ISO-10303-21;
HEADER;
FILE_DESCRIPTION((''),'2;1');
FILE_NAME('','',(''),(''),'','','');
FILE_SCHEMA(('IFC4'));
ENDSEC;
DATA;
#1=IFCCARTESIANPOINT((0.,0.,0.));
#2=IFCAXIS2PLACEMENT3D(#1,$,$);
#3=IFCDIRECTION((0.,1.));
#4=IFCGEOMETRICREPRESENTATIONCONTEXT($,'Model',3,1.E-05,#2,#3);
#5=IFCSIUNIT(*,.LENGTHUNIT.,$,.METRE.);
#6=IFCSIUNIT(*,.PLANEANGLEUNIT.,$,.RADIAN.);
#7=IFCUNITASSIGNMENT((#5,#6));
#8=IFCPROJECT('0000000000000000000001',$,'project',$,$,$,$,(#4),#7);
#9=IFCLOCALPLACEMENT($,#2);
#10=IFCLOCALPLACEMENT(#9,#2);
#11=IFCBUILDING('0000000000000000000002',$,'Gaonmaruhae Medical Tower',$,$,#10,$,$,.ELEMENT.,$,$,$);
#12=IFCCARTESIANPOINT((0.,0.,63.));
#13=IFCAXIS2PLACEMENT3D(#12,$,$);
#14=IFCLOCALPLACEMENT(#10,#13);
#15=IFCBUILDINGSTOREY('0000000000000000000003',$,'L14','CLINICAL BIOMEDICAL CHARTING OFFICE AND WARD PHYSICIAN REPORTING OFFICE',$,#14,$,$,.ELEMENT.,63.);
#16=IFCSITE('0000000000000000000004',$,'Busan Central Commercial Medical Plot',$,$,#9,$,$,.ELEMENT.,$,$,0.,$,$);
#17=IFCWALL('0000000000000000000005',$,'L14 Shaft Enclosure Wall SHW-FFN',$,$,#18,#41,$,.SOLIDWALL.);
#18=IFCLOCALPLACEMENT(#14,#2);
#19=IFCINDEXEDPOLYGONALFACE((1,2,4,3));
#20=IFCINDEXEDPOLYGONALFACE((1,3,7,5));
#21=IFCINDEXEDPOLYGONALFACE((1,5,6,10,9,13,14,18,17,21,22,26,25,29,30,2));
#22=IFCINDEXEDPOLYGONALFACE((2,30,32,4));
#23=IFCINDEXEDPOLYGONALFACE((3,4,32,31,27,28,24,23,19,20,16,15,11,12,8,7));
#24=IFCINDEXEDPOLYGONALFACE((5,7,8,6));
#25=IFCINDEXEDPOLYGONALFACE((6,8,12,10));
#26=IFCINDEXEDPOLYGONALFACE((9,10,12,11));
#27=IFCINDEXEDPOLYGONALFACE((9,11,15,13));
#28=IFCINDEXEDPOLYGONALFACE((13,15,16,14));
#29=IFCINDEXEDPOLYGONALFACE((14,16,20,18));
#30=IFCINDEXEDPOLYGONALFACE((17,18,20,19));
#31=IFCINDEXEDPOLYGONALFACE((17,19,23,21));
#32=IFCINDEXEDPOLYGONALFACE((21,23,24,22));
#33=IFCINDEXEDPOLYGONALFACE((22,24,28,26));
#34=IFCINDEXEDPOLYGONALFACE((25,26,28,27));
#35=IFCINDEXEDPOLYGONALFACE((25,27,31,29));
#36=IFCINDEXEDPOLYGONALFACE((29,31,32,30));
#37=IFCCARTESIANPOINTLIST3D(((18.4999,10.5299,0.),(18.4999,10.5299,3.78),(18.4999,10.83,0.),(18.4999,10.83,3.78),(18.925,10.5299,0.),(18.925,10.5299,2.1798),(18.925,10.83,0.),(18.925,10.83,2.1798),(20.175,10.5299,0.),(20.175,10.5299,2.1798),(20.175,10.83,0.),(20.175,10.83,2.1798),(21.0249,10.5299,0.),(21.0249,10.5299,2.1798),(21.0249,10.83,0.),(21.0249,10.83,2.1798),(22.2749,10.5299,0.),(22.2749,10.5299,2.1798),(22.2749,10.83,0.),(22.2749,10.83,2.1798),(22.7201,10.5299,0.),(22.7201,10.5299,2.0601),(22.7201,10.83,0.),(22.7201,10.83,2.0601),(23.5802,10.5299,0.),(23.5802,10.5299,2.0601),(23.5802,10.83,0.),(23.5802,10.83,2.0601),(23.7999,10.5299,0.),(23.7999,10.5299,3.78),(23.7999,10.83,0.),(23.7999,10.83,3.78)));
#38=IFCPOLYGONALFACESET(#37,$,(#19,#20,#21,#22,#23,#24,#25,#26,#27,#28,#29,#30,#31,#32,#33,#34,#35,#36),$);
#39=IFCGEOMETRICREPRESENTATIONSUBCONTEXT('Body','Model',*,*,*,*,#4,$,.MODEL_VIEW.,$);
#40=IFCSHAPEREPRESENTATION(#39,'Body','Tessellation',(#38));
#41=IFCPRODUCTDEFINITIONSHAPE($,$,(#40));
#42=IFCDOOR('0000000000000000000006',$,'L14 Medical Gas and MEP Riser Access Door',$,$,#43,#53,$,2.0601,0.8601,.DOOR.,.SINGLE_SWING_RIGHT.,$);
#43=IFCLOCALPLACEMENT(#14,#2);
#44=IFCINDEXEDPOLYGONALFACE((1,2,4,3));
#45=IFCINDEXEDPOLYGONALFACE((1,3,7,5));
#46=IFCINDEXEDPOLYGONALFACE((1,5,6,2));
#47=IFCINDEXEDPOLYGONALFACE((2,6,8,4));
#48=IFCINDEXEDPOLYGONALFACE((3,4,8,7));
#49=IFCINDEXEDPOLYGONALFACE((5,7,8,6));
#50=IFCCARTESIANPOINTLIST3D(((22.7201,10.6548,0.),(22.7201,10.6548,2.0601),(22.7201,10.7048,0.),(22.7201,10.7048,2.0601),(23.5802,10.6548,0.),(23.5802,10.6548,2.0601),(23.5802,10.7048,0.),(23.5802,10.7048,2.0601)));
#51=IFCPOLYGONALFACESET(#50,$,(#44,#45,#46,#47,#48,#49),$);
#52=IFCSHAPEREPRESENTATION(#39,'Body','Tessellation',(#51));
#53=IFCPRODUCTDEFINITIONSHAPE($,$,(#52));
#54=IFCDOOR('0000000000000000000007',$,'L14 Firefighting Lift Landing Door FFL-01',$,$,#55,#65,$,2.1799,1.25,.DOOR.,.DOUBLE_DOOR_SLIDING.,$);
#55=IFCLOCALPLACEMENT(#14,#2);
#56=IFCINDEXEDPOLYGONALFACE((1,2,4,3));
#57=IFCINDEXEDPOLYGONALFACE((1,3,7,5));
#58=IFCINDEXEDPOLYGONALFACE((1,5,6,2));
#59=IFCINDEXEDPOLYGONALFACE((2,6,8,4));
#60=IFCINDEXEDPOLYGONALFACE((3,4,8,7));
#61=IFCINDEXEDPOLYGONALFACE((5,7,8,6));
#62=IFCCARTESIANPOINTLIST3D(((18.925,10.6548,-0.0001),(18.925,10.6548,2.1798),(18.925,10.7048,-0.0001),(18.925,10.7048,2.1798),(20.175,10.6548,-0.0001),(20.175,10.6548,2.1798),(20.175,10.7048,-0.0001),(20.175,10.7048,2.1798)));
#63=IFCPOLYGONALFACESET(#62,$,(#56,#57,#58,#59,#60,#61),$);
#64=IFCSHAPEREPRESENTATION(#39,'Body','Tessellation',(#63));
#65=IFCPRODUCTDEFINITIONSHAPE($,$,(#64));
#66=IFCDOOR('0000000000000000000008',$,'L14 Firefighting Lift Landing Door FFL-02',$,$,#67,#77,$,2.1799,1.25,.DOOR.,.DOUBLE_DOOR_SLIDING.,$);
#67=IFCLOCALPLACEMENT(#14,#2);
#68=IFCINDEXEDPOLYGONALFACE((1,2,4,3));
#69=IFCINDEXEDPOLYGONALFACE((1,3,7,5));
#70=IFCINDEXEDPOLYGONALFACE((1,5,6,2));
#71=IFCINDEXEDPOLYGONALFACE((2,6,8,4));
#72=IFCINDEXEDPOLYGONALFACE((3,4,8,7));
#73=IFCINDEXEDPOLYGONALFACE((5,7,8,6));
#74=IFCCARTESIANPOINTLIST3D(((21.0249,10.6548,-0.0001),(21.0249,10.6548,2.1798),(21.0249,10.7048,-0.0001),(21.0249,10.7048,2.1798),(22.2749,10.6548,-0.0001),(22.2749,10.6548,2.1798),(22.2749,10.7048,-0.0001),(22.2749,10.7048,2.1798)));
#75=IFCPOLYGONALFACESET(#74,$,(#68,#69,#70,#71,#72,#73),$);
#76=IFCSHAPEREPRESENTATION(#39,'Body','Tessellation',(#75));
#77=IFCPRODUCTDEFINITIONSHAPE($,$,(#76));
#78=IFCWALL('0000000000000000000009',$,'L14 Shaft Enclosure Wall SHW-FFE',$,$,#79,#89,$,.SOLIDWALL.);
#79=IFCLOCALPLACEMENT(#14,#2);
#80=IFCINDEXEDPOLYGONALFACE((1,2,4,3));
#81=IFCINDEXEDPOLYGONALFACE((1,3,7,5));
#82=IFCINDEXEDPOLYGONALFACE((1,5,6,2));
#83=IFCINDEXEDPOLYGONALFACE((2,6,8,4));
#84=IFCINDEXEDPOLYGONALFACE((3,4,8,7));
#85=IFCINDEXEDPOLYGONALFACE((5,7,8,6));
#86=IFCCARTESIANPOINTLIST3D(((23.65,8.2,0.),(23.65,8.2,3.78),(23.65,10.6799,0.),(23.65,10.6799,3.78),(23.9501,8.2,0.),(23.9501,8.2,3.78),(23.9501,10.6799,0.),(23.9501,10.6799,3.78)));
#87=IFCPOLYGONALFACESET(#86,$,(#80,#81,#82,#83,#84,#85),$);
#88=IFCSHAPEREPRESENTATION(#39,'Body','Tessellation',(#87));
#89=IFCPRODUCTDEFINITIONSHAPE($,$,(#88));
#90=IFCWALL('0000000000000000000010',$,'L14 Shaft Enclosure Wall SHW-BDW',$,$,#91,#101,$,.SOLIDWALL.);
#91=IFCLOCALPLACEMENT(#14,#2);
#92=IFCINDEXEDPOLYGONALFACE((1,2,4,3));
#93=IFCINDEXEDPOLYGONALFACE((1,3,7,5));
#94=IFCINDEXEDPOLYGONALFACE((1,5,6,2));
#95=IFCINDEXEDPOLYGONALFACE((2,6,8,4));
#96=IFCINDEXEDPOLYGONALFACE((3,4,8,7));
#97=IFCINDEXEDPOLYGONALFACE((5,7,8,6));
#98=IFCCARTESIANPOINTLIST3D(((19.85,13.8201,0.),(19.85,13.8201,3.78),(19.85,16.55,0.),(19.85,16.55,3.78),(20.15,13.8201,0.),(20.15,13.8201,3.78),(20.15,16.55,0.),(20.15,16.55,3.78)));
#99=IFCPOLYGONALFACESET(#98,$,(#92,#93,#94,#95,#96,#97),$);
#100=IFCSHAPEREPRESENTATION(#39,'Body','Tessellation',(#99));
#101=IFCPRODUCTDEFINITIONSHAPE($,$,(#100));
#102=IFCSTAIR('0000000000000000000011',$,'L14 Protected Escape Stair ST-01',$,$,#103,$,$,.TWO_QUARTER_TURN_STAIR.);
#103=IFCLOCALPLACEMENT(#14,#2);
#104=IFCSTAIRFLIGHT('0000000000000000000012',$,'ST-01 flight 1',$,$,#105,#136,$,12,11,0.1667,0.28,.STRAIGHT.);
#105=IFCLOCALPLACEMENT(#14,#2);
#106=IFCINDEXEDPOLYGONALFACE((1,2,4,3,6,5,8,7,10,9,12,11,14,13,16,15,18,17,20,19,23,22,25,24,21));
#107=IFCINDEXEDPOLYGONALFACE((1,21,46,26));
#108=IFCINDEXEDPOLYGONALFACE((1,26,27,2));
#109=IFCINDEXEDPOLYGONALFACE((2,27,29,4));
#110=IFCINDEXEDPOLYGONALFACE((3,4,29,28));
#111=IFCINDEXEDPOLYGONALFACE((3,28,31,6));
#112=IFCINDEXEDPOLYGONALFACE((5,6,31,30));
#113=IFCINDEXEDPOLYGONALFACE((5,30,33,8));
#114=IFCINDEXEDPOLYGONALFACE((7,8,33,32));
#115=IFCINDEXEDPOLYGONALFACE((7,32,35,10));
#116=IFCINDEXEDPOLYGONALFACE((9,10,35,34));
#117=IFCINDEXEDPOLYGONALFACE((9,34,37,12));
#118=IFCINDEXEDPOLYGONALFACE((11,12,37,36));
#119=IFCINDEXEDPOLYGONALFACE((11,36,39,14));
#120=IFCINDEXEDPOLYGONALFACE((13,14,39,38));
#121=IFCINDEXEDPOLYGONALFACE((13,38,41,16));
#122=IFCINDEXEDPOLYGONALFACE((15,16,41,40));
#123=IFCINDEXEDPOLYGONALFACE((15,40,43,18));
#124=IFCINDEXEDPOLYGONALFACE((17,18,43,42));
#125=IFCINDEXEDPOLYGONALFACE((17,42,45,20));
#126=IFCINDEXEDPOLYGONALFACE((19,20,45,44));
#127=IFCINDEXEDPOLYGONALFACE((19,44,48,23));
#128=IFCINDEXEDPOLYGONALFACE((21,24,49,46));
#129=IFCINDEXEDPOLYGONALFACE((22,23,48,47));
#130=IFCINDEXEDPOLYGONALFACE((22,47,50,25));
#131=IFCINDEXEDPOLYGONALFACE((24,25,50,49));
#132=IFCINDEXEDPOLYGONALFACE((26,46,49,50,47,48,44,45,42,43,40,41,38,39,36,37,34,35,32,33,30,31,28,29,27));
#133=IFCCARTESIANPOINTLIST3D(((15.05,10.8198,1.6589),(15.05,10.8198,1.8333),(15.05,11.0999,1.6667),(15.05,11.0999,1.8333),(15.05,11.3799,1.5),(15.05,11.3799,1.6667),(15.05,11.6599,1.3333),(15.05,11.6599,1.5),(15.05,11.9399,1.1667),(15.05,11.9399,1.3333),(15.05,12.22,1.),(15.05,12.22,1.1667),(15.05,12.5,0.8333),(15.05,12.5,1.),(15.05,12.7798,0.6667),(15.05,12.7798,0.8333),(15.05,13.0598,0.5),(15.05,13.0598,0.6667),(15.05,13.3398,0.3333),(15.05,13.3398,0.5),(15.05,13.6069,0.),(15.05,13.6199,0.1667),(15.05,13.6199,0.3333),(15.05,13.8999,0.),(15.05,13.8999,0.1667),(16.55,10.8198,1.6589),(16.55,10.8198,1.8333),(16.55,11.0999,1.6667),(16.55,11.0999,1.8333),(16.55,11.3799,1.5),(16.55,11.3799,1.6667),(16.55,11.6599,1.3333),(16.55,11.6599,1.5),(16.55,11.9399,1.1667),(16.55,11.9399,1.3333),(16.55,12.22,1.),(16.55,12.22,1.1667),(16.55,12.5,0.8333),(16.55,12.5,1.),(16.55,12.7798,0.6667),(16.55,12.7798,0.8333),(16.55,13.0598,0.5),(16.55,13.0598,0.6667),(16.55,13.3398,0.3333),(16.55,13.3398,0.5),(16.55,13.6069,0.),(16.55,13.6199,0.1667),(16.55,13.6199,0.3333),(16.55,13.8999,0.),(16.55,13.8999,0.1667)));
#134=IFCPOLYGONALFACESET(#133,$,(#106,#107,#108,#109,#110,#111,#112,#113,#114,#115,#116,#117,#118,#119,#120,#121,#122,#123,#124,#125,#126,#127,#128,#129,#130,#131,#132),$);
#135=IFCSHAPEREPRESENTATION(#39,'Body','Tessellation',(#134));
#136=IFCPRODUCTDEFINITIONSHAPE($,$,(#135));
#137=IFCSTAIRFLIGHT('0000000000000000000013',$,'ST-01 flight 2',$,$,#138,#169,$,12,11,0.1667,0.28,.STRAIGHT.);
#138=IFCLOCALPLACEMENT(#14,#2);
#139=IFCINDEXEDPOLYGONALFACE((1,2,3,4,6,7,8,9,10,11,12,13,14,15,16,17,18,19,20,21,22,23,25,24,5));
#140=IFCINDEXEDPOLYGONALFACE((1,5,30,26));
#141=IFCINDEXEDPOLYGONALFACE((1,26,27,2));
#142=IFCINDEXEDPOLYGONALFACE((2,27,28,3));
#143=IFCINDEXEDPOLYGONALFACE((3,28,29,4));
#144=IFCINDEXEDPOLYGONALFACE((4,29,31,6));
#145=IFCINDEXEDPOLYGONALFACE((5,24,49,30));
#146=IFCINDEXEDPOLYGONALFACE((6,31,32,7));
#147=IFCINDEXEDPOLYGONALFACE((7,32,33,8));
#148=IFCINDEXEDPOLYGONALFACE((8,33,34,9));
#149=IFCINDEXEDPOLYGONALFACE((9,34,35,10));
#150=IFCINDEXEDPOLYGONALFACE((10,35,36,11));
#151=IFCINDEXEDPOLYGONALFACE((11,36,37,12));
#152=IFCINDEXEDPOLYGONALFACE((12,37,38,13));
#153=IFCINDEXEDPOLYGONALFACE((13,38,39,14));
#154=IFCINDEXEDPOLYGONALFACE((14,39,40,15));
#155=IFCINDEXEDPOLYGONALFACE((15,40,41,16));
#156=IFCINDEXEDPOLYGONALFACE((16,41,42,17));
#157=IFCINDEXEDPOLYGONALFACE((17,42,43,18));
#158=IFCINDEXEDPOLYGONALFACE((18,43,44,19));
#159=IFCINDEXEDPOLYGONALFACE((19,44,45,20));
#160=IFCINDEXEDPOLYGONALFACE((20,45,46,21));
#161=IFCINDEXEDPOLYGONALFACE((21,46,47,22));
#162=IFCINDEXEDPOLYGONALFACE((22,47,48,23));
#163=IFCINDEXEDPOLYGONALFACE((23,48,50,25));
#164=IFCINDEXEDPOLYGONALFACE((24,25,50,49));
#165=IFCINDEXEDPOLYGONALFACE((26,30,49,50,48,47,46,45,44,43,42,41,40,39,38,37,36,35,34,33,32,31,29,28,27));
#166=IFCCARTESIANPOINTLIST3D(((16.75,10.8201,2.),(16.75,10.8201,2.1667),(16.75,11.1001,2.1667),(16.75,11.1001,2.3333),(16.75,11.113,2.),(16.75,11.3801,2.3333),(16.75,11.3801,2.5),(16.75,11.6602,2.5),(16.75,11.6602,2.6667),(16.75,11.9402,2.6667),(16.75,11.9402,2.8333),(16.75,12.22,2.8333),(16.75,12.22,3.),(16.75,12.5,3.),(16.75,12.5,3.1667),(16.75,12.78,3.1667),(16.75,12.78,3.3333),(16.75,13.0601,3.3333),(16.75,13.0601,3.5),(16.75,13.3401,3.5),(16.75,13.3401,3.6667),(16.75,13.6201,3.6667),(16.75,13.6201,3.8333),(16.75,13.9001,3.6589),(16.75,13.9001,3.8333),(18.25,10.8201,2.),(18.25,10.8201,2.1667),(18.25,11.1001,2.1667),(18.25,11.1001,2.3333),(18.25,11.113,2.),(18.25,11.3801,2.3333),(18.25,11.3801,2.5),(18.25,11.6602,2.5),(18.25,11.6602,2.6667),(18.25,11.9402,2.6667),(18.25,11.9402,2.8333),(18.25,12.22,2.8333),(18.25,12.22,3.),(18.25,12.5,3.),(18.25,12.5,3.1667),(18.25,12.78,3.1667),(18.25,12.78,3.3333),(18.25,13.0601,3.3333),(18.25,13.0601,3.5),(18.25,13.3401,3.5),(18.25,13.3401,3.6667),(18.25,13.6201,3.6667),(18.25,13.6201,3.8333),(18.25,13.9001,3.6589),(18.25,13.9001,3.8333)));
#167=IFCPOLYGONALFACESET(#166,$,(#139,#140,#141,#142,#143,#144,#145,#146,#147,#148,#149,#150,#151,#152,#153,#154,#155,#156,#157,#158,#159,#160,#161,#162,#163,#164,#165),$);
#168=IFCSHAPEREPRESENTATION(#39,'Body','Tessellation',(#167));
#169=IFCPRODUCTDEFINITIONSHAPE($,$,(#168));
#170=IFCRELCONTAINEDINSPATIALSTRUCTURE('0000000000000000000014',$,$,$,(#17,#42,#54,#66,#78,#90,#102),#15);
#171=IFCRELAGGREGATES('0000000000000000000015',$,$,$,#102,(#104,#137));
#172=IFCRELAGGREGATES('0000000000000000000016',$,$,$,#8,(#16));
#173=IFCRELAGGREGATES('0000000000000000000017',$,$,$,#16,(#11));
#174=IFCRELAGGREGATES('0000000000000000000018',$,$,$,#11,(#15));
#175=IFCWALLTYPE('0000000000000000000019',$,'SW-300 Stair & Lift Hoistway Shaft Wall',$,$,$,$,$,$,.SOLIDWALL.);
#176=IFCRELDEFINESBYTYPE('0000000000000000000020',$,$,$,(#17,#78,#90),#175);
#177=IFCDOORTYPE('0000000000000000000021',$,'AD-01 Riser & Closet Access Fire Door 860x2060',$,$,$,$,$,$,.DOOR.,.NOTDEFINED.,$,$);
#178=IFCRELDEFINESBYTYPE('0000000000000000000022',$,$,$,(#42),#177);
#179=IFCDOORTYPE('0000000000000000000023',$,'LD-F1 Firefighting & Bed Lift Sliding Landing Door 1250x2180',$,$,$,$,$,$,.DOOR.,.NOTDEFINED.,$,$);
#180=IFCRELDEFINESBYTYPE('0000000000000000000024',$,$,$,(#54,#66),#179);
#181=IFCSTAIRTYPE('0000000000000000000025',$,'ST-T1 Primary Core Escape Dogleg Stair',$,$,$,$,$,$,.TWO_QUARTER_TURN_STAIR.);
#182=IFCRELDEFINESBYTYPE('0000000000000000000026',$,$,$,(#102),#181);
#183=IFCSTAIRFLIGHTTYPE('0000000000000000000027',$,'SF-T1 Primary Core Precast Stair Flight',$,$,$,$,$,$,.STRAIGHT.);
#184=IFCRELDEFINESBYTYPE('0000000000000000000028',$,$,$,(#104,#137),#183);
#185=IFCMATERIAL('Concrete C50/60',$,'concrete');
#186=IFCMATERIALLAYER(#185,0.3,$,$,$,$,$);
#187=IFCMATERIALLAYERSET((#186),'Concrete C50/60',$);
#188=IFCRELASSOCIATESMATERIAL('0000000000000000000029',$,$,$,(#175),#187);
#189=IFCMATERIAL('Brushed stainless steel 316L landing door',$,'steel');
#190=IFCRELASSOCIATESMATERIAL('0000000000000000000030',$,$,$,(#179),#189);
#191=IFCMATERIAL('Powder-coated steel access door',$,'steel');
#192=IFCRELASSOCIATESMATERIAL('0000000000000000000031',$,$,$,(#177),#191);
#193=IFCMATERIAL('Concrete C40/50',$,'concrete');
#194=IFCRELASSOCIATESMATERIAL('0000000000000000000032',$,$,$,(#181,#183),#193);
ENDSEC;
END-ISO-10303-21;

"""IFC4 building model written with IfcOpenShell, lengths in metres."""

from ifc_helpers import new_model, si_unit, direction, frame, frame_2d, origin, place, context, subcontext, project, spatial, polyline, rectangle, outline, extrude, material, layer, layer_set, type_object, element, fill, aggregate, save


model = new_model("IFC4")

# Units and contexts
model_context = context("Model", 3, precision=1e-05, world=origin(), true_north=direction((0.0, 1.0)))
body_context = subcontext(model_context, "Body", "Model", "MODEL_VIEW")
ifc_project = project(units=[si_unit("LENGTHUNIT", "METRE"), si_unit("PLANEANGLEUNIT", "RADIAN")], contexts=[model_context])

# Site, building, storey
site_placement = place(None, origin())
site = spatial("IfcSite", under=ifc_project, at=site_placement, Name="Busan Central Commercial Medical Plot", CompositionType="ELEMENT", RefElevation=0.0)
building_placement = place(site_placement, origin())
building = spatial("IfcBuilding", under=site, at=building_placement, Name="Gaonmaruhae Medical Tower", CompositionType="ELEMENT")
storey_placement = place(building_placement, frame((0.0, 0.0, 63.0)))
storey = spatial("IfcBuildingStorey", under=building, at=storey_placement, Name="L14", Description="CLINICAL BIOMEDICAL CHARTING OFFICE AND WARD PHYSICIAN REPORTING OFFICE", CompositionType="ELEMENT", Elevation=63.0)

# Shared definitions
ifc_material_1 = material(Name="Concrete C50/60", Category="concrete")

# Wall, openings, doors
ifc_layer_1 = layer(ifc_material_1, 0.3)
ifc_layer_set_1 = layer_set([ifc_layer_1], Name="Concrete C50/60")
wall_type_1 = type_object("IfcWallType", Name="SW-300 Stair & Lift Hoistway Shaft Wall", PredefinedType="SOLIDWALL", material=ifc_layer_set_1)
ifc_material_2 = material(Name="Brushed stainless steel 316L landing door", Category="steel")
door_type_1 = type_object("IfcDoorType", Name="LD-F1 Firefighting & Bed Lift Sliding Landing Door 1250x2180", OperationType="NOTDEFINED", PredefinedType="DOOR", material=ifc_material_2)
wall_1_placement = place(storey_placement, frame((18.5, 10.6799, 0.0), z_axis=(0.0, 0.0, 1.0), x_axis=(1.0, 0.0, 0.0)))
wall_1 = element("IfcWall", 1, at=wall_1_placement, inside=storey, type_object=wall_type_1, Name="L14 Shaft Enclosure Wall SHW-FFN", PredefinedType="SOLIDWALL", context=body_context, shape_type="SweptSolid", body=[
    extrude(rectangle(XDim=5.3, YDim=0.3, at=frame_2d((2.6499, 0.0))), origin(), (0.0, 0.0, 1.0), 3.78),
])
opening_1_placement = place(wall_1_placement, frame((4.22, 0.0, 0.0)))
opening_1 = element("IfcOpeningElement", 2, at=opening_1_placement, cuts=wall_1, PredefinedType="OPENING", context=body_context, shape_type="SweptSolid", body=[
    extrude(rectangle(XDim=0.8601, YDim=2.0601, at=frame_2d((0.4302, 1.03))), frame((0.0, 0.1602, 0.0), z_axis=(0.0, -1.0, 0.0), x_axis=(1.0, 0.0, 0.0)), (0.0, 0.0, 1.0), 0.3201),
])
opening_2_placement = place(wall_1_placement, frame((0.425, 0.0, 0.0)))
opening_2 = element("IfcOpeningElement", 3, at=opening_2_placement, cuts=wall_1, PredefinedType="OPENING", context=body_context, shape_type="SweptSolid", body=[
    extrude(rectangle(XDim=1.25, YDim=2.1799, at=frame_2d((0.625, 1.0898))), frame((0.0, 0.1602, 0.0), z_axis=(0.0, -1.0, 0.0), x_axis=(1.0, 0.0, 0.0)), (0.0, 0.0, 1.0), 0.3201),
])
opening_3_placement = place(wall_1_placement, frame((2.5249, 0.0, 0.0)))
opening_3 = element("IfcOpeningElement", 4, at=opening_3_placement, cuts=wall_1, PredefinedType="OPENING", context=body_context, shape_type="SweptSolid", body=[
    extrude(rectangle(XDim=1.25, YDim=2.1799, at=frame_2d((0.625, 1.0898))), frame((0.0, 0.1602, 0.0), z_axis=(0.0, -1.0, 0.0), x_axis=(1.0, 0.0, 0.0)), (0.0, 0.0, 1.0), 0.3201),
])
ifc_material_3 = material(Name="Powder-coated steel access door", Category="steel")
door_type_2 = type_object("IfcDoorType", Name="AD-01 Riser & Closet Access Fire Door 860x2060", OperationType="NOTDEFINED", PredefinedType="DOOR", material=ifc_material_3)
door_1_placement = place(opening_1_placement, origin())
door_1 = element("IfcDoor", 5, at=door_1_placement, inside=storey, type_object=door_type_2, Name="L14 Medical Gas and MEP Riser Access Door", OperationType="SINGLE_SWING_RIGHT", OverallHeight=2.0601, OverallWidth=0.8601, PredefinedType="DOOR", context=body_context, shape_type="SweptSolid", body=[
    extrude(rectangle(XDim=0.8601, YDim=2.0601, at=frame_2d((0.4302, 1.03))), frame((0.0, 0.0249, 0.0), z_axis=(0.0, -1.0, 0.0), x_axis=(1.0, 0.0, 0.0)), (0.0, 0.0, 1.0), 0.05),
])
fill(opening_1, door_1)
door_2_placement = place(opening_2_placement, origin())
door_2 = element("IfcDoor", 6, at=door_2_placement, inside=storey, type_object=door_type_1, Name="L14 Firefighting Lift Landing Door FFL-01", OperationType="DOUBLE_DOOR_SLIDING", OverallHeight=2.1799, OverallWidth=1.25, PredefinedType="DOOR", context=body_context, shape_type="SweptSolid", body=[
    extrude(rectangle(XDim=1.25, YDim=2.1799, at=frame_2d((0.625, 1.0898))), frame((0.0, 0.0249, 0.0), z_axis=(0.0, -1.0, 0.0), x_axis=(1.0, 0.0, 0.0)), (0.0, 0.0, 1.0), 0.05),
])
fill(opening_2, door_2)
door_3_placement = place(opening_3_placement, origin())
door_3 = element("IfcDoor", 7, at=door_3_placement, inside=storey, type_object=door_type_1, Name="L14 Firefighting Lift Landing Door FFL-02", OperationType="DOUBLE_DOOR_SLIDING", OverallHeight=2.1799, OverallWidth=1.25, PredefinedType="DOOR", context=body_context, shape_type="SweptSolid", body=[
    extrude(rectangle(XDim=1.25, YDim=2.1799, at=frame_2d((0.625, 1.0898))), frame((0.0, 0.0249, 0.0), z_axis=(0.0, -1.0, 0.0), x_axis=(1.0, 0.0, 0.0)), (0.0, 0.0, 1.0), 0.05),
])
fill(opening_3, door_3)

# Walls
wall_2_placement = place(storey_placement, frame((23.8, 8.2, 0.0), z_axis=(0.0, 0.0, 1.0), x_axis=(0.0, 1.0, 0.0)))
element("IfcWall", 8, at=wall_2_placement, inside=storey, type_object=wall_type_1, Name="L14 Shaft Enclosure Wall SHW-FFE", PredefinedType="SOLIDWALL", context=body_context, shape_type="SweptSolid", body=[
    extrude(rectangle(XDim=2.48, YDim=0.3, at=frame_2d((1.24, 0.0))), origin(), (0.0, 0.0, 1.0), 3.78),
])
wall_3_placement = place(storey_placement, frame((20.0, 13.8201, 0.0), z_axis=(0.0, 0.0, 1.0), x_axis=(0.0, 1.0, 0.0)))
element("IfcWall", 9, at=wall_3_placement, inside=storey, type_object=wall_type_1, Name="L14 Shaft Enclosure Wall SHW-BDW", PredefinedType="SOLIDWALL", context=body_context, shape_type="SweptSolid", body=[
    extrude(rectangle(XDim=2.73, YDim=0.3, at=frame_2d((1.365, 0.0))), origin(), (0.0, 0.0, 1.0), 3.78),
])

# Stair, stair flights
ifc_material_4 = material(Name="Concrete C40/50", Category="concrete")
stair_type = type_object("IfcStairType", Name="ST-T1 Primary Core Escape Dogleg Stair", PredefinedType="TWO_QUARTER_TURN_STAIR", material=ifc_material_4)
stair_placement = place(storey_placement, origin())
stair = element("IfcStair", 10, at=stair_placement, inside=storey, type_object=stair_type, Name="L14 Protected Escape Stair ST-01", PredefinedType="TWO_QUARTER_TURN_STAIR")
stair_flight_type = type_object("IfcStairFlightType", Name="SF-T1 Primary Core Precast Stair Flight", PredefinedType="STRAIGHT", material=ifc_material_4)
stair_flight_1_placement = place(storey_placement, frame((15.8, 13.8999, 0.0), z_axis=(0.0, 0.0, 1.0), x_axis=(0.0, -1.0, 0.0)))
stair_flight_1 = element("IfcStairFlight", 11, at=stair_flight_1_placement, type_object=stair_flight_type, Name="ST-01 flight 1", NumberOfRisers=12, NumberOfTreads=11, PredefinedType="STRAIGHT", RiserHeight=0.1667, TreadLength=0.28, context=body_context, shape_type="SweptSolid", body=[
    extrude(outline(polyline([(0.0, 0.0), (0.0, 0.1667), (0.28, 0.1667), (0.28, 0.3333), (0.5601, 0.3333), (0.5601, 0.5), (0.8401, 0.5), (0.8401, 0.6667), (1.1201, 0.6667), (1.1201, 0.8333), (1.3999, 0.8333), (1.3999, 1.0), (1.6799, 1.0), (1.6799, 1.1667), (1.96, 1.1667), (1.96, 1.3333), (2.24, 1.3333), (2.24, 1.5), (2.52, 1.5), (2.52, 1.6667), (2.8, 1.6667), (2.8, 1.8333), (3.0801, 1.8333), (3.0801, 2.0), (3.0801, 1.6589), (0.293, 0.0), (0.0, 0.0)])), frame((0.0, 0.75, 0.0), z_axis=(0.0, -1.0, 0.0), x_axis=(1.0, 0.0, 0.0)), (0.0, 0.0, 1.0), 1.5),
])
stair_flight_2_placement = place(storey_placement, frame((17.5, 10.8201, 2.0), z_axis=(0.0, 0.0, 1.0), x_axis=(0.0, 1.0, 0.0)))
stair_flight_2 = element("IfcStairFlight", 12, at=stair_flight_2_placement, type_object=stair_flight_type, Name="ST-01 flight 2", NumberOfRisers=12, NumberOfTreads=11, PredefinedType="STRAIGHT", RiserHeight=0.1667, TreadLength=0.28, context=body_context, shape_type="SweptSolid", body=[
    extrude(outline(polyline([(0.0, 0.0), (0.0, 0.1667), (0.28, 0.1667), (0.28, 0.3333), (0.5601, 0.3333), (0.5601, 0.5), (0.8401, 0.5), (0.8401, 0.6667), (1.1201, 0.6667), (1.1201, 0.8333), (1.3999, 0.8333), (1.3999, 1.0), (1.6799, 1.0), (1.6799, 1.1667), (1.96, 1.1667), (1.96, 1.3333), (2.24, 1.3333), (2.24, 1.5), (2.52, 1.5), (2.52, 1.6667), (2.8, 1.6667), (2.8, 1.8333), (3.0801, 1.8333), (3.0801, 2.0), (3.0801, 1.6589), (0.293, 0.0), (0.0, 0.0)])), frame((0.0, 0.75, 0.0), z_axis=(0.0, -1.0, 0.0), x_axis=(1.0, 0.0, 0.0)), (0.0, 0.0, 1.0), 1.5),
])
aggregate(stair, [stair_flight_1, stair_flight_2])

save(model, "model.ifc")
